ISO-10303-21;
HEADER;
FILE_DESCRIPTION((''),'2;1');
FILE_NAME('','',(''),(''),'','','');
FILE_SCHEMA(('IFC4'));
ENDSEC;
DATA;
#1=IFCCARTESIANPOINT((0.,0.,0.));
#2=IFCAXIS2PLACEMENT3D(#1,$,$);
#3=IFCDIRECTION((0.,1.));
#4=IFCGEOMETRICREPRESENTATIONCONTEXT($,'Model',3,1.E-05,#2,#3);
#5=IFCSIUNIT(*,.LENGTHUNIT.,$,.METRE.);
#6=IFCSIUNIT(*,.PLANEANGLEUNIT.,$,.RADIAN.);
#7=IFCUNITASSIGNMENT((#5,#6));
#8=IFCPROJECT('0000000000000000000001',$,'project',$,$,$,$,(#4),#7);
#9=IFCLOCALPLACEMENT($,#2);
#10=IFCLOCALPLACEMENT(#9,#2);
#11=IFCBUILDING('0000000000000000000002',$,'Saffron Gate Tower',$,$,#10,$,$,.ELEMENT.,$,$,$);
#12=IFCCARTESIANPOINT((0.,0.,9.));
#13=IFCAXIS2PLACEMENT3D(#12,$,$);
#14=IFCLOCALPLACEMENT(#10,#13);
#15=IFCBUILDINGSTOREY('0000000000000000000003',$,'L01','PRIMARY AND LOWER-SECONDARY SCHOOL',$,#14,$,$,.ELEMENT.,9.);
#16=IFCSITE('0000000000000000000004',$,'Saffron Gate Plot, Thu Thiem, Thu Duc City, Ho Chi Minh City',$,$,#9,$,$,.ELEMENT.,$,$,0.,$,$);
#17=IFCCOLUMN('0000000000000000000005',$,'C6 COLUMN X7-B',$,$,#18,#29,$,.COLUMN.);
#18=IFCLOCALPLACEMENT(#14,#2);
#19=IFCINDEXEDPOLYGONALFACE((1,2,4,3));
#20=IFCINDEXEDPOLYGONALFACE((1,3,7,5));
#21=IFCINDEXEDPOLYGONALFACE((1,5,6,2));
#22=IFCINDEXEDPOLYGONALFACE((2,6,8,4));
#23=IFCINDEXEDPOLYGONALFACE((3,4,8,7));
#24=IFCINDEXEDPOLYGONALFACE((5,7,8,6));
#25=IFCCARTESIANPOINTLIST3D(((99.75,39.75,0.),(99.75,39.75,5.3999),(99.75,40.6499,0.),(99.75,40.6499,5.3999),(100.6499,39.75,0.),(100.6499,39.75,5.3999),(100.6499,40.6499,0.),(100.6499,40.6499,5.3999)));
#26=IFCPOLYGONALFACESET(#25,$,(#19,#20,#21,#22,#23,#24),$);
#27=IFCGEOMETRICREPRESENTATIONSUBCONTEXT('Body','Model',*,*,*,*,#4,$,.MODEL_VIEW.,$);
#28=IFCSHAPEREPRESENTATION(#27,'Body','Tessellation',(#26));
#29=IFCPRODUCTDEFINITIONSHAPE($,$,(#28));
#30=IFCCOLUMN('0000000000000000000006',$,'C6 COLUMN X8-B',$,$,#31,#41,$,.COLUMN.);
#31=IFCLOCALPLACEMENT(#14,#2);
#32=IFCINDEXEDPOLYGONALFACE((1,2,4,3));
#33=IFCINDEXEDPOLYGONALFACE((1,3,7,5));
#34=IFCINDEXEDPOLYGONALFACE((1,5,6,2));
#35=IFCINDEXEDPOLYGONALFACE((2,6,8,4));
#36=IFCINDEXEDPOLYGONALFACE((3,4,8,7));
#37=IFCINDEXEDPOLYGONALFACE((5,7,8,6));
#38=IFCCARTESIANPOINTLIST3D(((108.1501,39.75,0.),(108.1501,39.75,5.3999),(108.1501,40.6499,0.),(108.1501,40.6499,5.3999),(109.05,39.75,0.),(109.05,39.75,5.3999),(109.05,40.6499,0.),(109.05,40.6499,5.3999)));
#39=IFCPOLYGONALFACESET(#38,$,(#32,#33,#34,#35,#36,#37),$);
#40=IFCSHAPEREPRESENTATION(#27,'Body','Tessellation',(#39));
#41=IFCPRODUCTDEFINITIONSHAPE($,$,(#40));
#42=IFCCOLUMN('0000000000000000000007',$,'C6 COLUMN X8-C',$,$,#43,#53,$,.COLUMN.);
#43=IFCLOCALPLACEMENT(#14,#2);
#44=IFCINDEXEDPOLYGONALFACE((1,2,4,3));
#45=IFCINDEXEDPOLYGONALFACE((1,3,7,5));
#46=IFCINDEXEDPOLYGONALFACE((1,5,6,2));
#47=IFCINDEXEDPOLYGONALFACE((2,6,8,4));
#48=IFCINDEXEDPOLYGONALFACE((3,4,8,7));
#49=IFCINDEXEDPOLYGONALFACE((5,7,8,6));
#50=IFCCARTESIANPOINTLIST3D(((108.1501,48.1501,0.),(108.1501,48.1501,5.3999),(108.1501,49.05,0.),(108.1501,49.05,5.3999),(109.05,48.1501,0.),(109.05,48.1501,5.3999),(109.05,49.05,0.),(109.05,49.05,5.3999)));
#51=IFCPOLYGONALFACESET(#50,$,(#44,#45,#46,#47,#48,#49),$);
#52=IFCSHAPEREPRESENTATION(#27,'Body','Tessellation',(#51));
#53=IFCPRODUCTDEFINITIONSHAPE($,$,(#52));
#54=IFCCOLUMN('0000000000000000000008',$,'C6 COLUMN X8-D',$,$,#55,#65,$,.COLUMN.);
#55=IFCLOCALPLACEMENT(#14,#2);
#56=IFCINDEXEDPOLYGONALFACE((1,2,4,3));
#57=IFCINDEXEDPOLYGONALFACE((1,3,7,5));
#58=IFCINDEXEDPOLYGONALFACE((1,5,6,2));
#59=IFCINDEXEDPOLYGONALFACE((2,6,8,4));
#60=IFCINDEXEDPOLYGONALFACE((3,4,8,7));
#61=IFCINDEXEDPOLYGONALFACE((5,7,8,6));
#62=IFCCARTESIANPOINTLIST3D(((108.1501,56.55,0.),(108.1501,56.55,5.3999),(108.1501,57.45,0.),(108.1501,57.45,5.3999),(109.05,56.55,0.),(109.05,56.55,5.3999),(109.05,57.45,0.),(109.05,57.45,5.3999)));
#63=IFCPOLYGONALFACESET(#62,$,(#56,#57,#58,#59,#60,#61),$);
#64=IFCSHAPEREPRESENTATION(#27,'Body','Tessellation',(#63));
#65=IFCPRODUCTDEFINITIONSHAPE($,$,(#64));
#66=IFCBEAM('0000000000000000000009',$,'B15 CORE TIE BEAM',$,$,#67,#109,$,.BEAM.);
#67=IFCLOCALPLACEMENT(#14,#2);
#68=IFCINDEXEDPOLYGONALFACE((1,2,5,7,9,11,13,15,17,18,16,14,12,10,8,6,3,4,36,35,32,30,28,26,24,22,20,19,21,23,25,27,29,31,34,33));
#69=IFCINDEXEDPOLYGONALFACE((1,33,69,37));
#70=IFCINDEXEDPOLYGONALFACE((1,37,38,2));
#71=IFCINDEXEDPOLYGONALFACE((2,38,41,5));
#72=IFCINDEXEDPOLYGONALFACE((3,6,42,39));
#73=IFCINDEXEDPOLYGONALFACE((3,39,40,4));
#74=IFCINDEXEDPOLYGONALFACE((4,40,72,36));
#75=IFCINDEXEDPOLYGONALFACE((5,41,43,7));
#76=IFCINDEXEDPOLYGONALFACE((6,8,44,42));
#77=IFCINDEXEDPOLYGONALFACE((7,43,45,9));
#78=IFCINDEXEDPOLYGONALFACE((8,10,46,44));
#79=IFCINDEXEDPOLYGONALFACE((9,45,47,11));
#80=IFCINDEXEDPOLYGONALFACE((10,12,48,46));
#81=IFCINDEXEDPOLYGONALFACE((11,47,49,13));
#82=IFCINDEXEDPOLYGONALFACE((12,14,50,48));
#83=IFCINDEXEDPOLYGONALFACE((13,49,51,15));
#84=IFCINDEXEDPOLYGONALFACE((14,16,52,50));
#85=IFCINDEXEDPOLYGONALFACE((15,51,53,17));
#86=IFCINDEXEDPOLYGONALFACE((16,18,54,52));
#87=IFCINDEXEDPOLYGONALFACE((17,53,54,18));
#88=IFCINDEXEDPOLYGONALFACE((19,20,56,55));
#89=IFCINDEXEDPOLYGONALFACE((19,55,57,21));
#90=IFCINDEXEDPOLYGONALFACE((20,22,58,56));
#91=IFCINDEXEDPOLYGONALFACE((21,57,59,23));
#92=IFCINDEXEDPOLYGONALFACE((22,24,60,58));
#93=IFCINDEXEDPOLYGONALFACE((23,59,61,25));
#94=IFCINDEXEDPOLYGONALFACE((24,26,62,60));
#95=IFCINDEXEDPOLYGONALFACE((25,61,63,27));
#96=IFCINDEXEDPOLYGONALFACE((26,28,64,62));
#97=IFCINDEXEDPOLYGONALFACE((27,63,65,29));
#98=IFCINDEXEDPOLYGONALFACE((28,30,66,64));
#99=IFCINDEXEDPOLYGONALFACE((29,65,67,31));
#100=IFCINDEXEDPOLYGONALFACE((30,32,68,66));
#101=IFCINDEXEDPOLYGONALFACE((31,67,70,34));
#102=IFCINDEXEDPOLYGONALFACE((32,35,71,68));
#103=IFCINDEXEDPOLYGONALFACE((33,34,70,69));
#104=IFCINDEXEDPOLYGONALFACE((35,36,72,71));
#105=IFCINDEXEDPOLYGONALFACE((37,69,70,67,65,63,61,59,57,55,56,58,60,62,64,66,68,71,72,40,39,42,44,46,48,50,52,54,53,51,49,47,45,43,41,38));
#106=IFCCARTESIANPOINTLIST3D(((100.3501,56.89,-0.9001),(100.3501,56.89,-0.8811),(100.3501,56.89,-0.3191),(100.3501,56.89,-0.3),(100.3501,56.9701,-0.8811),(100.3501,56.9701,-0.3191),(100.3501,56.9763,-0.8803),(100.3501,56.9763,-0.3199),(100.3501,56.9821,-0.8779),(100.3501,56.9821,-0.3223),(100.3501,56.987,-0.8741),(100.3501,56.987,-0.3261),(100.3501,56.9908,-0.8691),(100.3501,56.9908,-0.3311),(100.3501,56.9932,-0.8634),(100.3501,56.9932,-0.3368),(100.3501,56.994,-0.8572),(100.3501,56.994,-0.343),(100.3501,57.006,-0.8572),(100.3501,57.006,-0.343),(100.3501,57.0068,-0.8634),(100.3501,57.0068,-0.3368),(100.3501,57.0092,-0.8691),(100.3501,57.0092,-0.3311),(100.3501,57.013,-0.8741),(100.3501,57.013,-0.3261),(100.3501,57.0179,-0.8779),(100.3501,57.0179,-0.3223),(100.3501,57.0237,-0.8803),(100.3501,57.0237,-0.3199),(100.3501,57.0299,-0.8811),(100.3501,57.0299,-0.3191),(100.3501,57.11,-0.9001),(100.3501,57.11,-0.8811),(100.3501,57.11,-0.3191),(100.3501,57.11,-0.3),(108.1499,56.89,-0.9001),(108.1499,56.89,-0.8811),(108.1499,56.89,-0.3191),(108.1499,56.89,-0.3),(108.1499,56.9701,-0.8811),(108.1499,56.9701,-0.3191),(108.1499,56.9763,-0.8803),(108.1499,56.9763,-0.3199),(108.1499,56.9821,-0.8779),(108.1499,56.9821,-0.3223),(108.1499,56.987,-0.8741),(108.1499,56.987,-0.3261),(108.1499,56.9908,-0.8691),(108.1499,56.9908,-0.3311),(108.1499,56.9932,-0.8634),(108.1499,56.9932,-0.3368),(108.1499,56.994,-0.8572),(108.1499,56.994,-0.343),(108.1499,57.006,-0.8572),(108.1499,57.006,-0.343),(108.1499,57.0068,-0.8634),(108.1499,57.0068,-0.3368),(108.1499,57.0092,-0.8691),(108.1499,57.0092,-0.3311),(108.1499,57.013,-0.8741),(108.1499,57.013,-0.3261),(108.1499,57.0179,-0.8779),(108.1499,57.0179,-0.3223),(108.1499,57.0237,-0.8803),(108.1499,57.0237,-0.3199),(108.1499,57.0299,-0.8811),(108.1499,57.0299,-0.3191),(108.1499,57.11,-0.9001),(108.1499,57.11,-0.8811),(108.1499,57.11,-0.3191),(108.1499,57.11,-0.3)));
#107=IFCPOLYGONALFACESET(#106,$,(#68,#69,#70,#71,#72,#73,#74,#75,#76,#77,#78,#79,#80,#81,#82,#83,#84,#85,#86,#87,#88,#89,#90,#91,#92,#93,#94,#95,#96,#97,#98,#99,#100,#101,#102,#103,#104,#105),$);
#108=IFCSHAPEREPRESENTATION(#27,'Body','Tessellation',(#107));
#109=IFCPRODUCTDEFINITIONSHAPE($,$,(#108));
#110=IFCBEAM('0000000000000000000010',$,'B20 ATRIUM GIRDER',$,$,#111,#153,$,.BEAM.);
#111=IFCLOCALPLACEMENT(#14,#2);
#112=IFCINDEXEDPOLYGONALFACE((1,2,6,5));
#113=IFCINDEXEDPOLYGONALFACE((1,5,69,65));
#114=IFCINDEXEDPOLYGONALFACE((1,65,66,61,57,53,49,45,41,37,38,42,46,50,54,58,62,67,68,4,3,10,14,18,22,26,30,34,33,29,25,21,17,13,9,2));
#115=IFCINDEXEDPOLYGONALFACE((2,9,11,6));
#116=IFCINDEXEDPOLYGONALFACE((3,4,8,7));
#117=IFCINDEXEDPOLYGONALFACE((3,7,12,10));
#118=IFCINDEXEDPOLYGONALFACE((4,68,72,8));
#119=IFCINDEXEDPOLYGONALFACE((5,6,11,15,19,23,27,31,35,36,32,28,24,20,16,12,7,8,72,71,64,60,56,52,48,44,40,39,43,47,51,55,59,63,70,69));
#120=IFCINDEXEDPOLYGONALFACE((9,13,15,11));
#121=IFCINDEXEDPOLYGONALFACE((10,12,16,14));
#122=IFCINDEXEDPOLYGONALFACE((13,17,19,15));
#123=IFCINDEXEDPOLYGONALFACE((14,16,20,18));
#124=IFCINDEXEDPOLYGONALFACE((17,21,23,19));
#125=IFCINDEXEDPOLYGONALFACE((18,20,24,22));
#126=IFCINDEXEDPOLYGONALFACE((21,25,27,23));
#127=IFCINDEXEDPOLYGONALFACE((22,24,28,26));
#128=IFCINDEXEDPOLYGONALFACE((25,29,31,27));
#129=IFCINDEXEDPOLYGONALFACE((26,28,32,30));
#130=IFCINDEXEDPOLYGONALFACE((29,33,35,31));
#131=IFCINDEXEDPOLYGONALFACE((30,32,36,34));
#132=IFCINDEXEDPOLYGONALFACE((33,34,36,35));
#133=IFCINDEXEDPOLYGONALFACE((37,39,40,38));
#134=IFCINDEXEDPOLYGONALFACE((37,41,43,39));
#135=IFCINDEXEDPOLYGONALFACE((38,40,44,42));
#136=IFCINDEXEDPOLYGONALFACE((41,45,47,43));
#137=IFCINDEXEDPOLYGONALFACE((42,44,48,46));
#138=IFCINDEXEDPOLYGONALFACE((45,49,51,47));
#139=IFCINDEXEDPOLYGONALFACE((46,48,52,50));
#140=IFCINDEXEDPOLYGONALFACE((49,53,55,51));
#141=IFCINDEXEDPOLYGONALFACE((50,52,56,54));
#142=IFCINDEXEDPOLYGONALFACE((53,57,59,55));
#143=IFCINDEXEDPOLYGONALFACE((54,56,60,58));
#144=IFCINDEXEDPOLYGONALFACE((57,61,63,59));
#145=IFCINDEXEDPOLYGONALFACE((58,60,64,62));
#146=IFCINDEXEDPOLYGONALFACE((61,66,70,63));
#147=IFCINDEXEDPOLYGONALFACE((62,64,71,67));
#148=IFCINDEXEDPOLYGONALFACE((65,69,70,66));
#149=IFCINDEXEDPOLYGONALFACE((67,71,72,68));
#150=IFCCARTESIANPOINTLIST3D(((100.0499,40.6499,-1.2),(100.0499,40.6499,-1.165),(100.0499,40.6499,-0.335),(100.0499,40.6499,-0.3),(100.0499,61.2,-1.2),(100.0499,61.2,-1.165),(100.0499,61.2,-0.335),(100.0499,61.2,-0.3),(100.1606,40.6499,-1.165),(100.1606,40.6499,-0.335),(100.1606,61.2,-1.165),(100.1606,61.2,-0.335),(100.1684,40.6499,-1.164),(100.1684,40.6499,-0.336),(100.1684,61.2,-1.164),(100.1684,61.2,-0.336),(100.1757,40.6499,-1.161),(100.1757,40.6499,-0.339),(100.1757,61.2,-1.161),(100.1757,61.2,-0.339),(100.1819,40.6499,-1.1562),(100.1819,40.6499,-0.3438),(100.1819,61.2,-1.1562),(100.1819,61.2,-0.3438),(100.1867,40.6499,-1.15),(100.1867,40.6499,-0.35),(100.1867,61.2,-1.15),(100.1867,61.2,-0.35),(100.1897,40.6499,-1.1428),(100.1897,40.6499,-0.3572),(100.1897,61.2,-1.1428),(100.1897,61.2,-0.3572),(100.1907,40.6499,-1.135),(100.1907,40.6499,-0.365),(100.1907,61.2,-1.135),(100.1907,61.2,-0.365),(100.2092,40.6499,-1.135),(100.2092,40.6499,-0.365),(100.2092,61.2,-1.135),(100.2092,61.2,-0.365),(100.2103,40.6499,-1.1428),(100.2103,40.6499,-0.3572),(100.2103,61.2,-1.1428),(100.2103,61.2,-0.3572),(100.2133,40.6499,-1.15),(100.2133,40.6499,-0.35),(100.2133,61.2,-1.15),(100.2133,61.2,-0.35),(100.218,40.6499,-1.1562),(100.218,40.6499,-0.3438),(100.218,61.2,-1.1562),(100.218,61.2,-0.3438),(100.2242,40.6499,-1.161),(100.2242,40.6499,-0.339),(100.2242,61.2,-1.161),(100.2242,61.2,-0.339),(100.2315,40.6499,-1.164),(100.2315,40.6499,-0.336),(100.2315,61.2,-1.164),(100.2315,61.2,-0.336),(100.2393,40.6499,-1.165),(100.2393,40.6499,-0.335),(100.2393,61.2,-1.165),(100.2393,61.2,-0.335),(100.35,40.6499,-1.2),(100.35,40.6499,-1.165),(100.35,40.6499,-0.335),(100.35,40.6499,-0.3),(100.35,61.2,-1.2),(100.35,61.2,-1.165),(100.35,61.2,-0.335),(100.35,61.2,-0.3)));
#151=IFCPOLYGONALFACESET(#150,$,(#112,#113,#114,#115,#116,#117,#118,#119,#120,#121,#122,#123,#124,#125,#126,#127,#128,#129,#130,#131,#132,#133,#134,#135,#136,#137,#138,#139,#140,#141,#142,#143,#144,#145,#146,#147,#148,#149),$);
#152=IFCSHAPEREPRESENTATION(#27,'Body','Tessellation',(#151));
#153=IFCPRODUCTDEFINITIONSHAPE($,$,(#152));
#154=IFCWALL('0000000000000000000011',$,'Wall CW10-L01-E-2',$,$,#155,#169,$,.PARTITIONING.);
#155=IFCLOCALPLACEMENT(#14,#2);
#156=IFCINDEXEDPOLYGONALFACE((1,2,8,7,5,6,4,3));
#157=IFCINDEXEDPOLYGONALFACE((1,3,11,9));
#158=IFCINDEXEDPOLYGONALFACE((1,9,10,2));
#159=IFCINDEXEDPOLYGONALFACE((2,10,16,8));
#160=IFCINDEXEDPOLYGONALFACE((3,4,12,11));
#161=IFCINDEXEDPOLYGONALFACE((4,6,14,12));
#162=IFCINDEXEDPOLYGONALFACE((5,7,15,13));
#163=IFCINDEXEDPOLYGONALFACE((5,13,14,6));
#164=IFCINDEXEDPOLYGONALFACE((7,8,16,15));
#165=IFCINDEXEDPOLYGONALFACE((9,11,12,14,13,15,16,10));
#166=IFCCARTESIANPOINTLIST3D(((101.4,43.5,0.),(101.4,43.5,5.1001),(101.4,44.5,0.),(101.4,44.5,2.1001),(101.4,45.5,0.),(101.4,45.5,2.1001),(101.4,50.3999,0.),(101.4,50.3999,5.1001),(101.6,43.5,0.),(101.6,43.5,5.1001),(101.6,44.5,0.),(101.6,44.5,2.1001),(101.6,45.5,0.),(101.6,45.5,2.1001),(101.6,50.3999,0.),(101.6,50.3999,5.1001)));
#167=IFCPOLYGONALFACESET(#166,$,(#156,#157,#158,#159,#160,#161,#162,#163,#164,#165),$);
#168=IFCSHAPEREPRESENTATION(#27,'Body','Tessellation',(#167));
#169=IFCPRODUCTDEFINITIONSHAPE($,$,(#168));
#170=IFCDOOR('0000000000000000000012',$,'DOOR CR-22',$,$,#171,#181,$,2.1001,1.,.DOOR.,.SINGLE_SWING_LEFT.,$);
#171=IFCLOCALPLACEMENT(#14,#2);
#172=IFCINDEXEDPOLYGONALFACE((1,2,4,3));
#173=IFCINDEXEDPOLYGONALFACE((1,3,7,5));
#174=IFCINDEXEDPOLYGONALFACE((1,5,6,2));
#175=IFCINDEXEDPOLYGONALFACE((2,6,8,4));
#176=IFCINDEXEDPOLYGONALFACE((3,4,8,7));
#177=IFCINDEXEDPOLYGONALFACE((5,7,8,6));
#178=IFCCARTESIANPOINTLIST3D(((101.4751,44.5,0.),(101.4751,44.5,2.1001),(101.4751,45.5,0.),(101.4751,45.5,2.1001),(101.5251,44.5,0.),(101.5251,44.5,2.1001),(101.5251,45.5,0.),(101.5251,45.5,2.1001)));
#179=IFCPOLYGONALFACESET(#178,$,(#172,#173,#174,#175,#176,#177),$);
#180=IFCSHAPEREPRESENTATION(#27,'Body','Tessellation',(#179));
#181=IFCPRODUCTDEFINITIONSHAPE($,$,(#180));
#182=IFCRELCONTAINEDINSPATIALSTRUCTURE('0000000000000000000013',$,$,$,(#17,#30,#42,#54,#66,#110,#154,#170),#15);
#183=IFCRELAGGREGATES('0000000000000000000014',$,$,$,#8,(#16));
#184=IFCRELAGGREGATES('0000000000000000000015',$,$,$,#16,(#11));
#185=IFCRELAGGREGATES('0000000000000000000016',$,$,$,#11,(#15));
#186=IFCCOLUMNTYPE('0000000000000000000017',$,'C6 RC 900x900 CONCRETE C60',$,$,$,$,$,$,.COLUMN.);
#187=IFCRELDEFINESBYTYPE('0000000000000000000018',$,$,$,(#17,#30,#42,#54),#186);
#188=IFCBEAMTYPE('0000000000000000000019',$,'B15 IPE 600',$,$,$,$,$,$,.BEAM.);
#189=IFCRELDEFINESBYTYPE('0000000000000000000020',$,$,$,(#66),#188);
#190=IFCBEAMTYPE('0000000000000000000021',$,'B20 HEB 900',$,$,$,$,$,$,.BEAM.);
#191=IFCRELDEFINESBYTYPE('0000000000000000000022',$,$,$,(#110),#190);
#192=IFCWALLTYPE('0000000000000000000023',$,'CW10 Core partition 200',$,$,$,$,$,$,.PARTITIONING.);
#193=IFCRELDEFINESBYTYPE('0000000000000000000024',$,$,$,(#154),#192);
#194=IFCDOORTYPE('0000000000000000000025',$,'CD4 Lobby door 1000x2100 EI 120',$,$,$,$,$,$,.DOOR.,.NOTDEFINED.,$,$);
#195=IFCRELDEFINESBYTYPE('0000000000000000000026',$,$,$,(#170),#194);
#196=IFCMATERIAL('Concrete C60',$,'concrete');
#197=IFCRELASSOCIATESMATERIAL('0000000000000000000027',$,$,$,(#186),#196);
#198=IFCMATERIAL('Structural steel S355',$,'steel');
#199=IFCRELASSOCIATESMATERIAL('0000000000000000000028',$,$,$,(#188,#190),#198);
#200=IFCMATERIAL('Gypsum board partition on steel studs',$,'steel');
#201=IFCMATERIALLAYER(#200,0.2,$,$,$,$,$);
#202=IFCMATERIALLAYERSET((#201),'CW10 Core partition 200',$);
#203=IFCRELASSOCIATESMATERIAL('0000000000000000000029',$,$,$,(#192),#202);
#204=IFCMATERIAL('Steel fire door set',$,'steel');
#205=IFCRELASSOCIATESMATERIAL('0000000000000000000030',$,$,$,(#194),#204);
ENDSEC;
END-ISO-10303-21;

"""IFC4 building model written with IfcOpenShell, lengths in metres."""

from ifc_helpers import new_model, si_unit, direction, frame, frame_2d, origin, origin_2d, place, context, subcontext, project, spatial, rectangle, i_section, extrude, material, layer, layer_set, material_profile, profile_set, type_object, element, fill, save


model = new_model("IFC4")

# Units and contexts
model_context = context("Model", 3, precision=1e-05, world=origin(), true_north=direction((0.0, 1.0)))
body_context = subcontext(model_context, "Body", "Model", "MODEL_VIEW")
ifc_project = project(units=[si_unit("LENGTHUNIT", "METRE"), si_unit("PLANEANGLEUNIT", "RADIAN")], contexts=[model_context])

# Site, building, storey
site_placement = place(None, origin())
site = spatial("IfcSite", under=ifc_project, at=site_placement, Name="Saffron Gate Plot, Thu Thiem, Thu Duc City, Ho Chi Minh City", CompositionType="ELEMENT", RefElevation=0.0)
building_placement = place(site_placement, origin())
building = spatial("IfcBuilding", under=site, at=building_placement, Name="Saffron Gate Tower", CompositionType="ELEMENT")
storey_placement = place(building_placement, frame((0.0, 0.0, 9.0)))
storey = spatial("IfcBuildingStorey", under=building, at=storey_placement, Name="L01", Description="PRIMARY AND LOWER-SECONDARY SCHOOL", CompositionType="ELEMENT", Elevation=9.0)

# Columns
ifc_material_1 = material(Name="Concrete C60", Category="concrete")
ifc_material_profile_1 = material_profile(ifc_material_1, rectangle(XDim=0.8999, YDim=0.8999, at=origin_2d()))
ifc_profile_set_1 = profile_set([ifc_material_profile_1], Name="Concrete C60")
column_type = type_object("IfcColumnType", Name="C6 RC 900x900 CONCRETE C60", PredefinedType="COLUMN", material=ifc_profile_set_1)
for number, where, z_axis, x_axis, name in (
    (1, (100.2, 40.2, 0.0), (0.0, 0.0, 1.0), (1.0, 0.0, 0.0), "C6 COLUMN X7-B"),
    (2, (108.6001, 40.2, 0.0), (0.0, 0.0, 1.0), (1.0, 0.0, 0.0), "C6 COLUMN X8-B"),
    (3, (108.6001, 48.6001, 0.0), (0.0, 0.0, 1.0), (1.0, 0.0, 0.0), "C6 COLUMN X8-C"),
    (4, (108.6001, 57.0, 0.0), (0.0, 0.0, 1.0), (1.0, 0.0, 0.0), "C6 COLUMN X8-D"),
):
    element("IfcColumn", number, at=place(storey_placement, frame(where, z_axis=z_axis, x_axis=x_axis)), inside=storey, type_object=column_type, Name=name, PredefinedType="COLUMN", context=body_context, shape_type="SweptSolid", body=[
        extrude(rectangle(XDim=0.8999, YDim=0.8999, at=origin_2d()), origin(), (0.0, 0.0, 1.0), 5.3999),
    ])

# Beams
ifc_material_2 = material(Name="Structural steel S355", Category="steel")
ifc_material_profile_2 = material_profile(ifc_material_2, i_section(OverallWidth=0.22, OverallDepth=0.6001, WebThickness=0.012, FlangeThickness=0.019, FilletRadius=0.0239, at=origin_2d()))
ifc_profile_set_2 = profile_set([ifc_material_profile_2], Name="Structural steel S355")
beam_type_1 = type_object("IfcBeamType", Name="B15 IPE 600", PredefinedType="BEAM", material=ifc_profile_set_2)
beam_1_placement = place(storey_placement, frame((108.1499, 57.0, -0.6001), z_axis=(-1.0, 0.0, 0.0), x_axis=(0.0, -1.0, 0.0)))
element("IfcBeam", 5, at=beam_1_placement, inside=storey, type_object=beam_type_1, Name="B15 CORE TIE BEAM", PredefinedType="BEAM", context=body_context, shape_type="SweptSolid", body=[
    extrude(i_section(OverallWidth=0.22, OverallDepth=0.6001, WebThickness=0.012, FlangeThickness=0.019, FilletRadius=0.0239, at=origin_2d()), origin(), (0.0, 0.0, 1.0), 7.7998),
])
ifc_material_profile_3 = material_profile(ifc_material_2, i_section(OverallWidth=0.3, OverallDepth=0.8999, WebThickness=0.0186, FlangeThickness=0.0349, FilletRadius=0.03, at=origin_2d()))
ifc_profile_set_3 = profile_set([ifc_material_profile_3], Name="Structural steel S355")
beam_type_2 = type_object("IfcBeamType", Name="B20 HEB 900", PredefinedType="BEAM", material=ifc_profile_set_3)
beam_2_placement = place(storey_placement, frame((100.2, 40.6499, -0.75), z_axis=(0.0, 1.0, 0.0), x_axis=(-1.0, 0.0, 0.0)))
element("IfcBeam", 6, at=beam_2_placement, inside=storey, type_object=beam_type_2, Name="B20 ATRIUM GIRDER", PredefinedType="BEAM", context=body_context, shape_type="SweptSolid", body=[
    extrude(i_section(OverallWidth=0.3, OverallDepth=0.8999, WebThickness=0.0186, FlangeThickness=0.0349, FilletRadius=0.03, at=origin_2d()), origin(), (0.0, 0.0, 1.0), 20.55),
])

# Wall, opening, door
ifc_material_3 = material(Name="Gypsum board partition on steel studs", Category="steel")
ifc_layer_1 = layer(ifc_material_3, 0.2)
ifc_layer_set_1 = layer_set([ifc_layer_1], Name="CW10 Core partition 200")
wall_type_1 = type_object("IfcWallType", Name="CW10 Core partition 200", PredefinedType="PARTITIONING", material=ifc_layer_set_1)
wall_1_placement = place(storey_placement, frame((101.5, 43.5, 0.0), z_axis=(0.0, 0.0, 1.0), x_axis=(0.0, 1.0, 0.0)))
wall_1 = element("IfcWall", 7, at=wall_1_placement, inside=storey, type_object=wall_type_1, Name="Wall CW10-L01-E-2", PredefinedType="PARTITIONING", context=body_context, shape_type="SweptSolid", body=[
    extrude(rectangle(XDim=6.8999, YDim=0.2, at=frame_2d((3.45, 0.0))), origin(), (0.0, 0.0, 1.0), 5.1001),
])
opening_1_placement = place(wall_1_placement, frame((1.0, 0.0, 0.0)))
opening_1 = element("IfcOpeningElement", 8, at=opening_1_placement, cuts=wall_1, PredefinedType="OPENING", context=body_context, shape_type="SweptSolid", body=[
    extrude(rectangle(XDim=1.0, YDim=2.1001, at=frame_2d((0.5, 1.05))), frame((0.0, 0.1099, 0.0), z_axis=(0.0, -1.0, 0.0), x_axis=(1.0, 0.0, 0.0)), (0.0, 0.0, 1.0), 0.22),
])
ifc_material_4 = material(Name="Steel fire door set", Category="steel")
door_type_1 = type_object("IfcDoorType", Name="CD4 Lobby door 1000x2100 EI 120", OperationType="NOTDEFINED", PredefinedType="DOOR", material=ifc_material_4)
door_1_placement = place(opening_1_placement, origin())
door_1 = element("IfcDoor", 9, at=door_1_placement, inside=storey, type_object=door_type_1, Name="DOOR CR-22", OperationType="SINGLE_SWING_LEFT", OverallHeight=2.1001, OverallWidth=1.0, PredefinedType="DOOR", context=body_context, shape_type="SweptSolid", body=[
    extrude(rectangle(XDim=1.0, YDim=2.1001, at=frame_2d((0.5, 1.05))), frame((0.0, 0.0249, 0.0), z_axis=(0.0, -1.0, 0.0), x_axis=(1.0, 0.0, 0.0)), (0.0, 0.0, 1.0), 0.05),
])
fill(opening_1, door_1)

save(model, "model.ifc")
